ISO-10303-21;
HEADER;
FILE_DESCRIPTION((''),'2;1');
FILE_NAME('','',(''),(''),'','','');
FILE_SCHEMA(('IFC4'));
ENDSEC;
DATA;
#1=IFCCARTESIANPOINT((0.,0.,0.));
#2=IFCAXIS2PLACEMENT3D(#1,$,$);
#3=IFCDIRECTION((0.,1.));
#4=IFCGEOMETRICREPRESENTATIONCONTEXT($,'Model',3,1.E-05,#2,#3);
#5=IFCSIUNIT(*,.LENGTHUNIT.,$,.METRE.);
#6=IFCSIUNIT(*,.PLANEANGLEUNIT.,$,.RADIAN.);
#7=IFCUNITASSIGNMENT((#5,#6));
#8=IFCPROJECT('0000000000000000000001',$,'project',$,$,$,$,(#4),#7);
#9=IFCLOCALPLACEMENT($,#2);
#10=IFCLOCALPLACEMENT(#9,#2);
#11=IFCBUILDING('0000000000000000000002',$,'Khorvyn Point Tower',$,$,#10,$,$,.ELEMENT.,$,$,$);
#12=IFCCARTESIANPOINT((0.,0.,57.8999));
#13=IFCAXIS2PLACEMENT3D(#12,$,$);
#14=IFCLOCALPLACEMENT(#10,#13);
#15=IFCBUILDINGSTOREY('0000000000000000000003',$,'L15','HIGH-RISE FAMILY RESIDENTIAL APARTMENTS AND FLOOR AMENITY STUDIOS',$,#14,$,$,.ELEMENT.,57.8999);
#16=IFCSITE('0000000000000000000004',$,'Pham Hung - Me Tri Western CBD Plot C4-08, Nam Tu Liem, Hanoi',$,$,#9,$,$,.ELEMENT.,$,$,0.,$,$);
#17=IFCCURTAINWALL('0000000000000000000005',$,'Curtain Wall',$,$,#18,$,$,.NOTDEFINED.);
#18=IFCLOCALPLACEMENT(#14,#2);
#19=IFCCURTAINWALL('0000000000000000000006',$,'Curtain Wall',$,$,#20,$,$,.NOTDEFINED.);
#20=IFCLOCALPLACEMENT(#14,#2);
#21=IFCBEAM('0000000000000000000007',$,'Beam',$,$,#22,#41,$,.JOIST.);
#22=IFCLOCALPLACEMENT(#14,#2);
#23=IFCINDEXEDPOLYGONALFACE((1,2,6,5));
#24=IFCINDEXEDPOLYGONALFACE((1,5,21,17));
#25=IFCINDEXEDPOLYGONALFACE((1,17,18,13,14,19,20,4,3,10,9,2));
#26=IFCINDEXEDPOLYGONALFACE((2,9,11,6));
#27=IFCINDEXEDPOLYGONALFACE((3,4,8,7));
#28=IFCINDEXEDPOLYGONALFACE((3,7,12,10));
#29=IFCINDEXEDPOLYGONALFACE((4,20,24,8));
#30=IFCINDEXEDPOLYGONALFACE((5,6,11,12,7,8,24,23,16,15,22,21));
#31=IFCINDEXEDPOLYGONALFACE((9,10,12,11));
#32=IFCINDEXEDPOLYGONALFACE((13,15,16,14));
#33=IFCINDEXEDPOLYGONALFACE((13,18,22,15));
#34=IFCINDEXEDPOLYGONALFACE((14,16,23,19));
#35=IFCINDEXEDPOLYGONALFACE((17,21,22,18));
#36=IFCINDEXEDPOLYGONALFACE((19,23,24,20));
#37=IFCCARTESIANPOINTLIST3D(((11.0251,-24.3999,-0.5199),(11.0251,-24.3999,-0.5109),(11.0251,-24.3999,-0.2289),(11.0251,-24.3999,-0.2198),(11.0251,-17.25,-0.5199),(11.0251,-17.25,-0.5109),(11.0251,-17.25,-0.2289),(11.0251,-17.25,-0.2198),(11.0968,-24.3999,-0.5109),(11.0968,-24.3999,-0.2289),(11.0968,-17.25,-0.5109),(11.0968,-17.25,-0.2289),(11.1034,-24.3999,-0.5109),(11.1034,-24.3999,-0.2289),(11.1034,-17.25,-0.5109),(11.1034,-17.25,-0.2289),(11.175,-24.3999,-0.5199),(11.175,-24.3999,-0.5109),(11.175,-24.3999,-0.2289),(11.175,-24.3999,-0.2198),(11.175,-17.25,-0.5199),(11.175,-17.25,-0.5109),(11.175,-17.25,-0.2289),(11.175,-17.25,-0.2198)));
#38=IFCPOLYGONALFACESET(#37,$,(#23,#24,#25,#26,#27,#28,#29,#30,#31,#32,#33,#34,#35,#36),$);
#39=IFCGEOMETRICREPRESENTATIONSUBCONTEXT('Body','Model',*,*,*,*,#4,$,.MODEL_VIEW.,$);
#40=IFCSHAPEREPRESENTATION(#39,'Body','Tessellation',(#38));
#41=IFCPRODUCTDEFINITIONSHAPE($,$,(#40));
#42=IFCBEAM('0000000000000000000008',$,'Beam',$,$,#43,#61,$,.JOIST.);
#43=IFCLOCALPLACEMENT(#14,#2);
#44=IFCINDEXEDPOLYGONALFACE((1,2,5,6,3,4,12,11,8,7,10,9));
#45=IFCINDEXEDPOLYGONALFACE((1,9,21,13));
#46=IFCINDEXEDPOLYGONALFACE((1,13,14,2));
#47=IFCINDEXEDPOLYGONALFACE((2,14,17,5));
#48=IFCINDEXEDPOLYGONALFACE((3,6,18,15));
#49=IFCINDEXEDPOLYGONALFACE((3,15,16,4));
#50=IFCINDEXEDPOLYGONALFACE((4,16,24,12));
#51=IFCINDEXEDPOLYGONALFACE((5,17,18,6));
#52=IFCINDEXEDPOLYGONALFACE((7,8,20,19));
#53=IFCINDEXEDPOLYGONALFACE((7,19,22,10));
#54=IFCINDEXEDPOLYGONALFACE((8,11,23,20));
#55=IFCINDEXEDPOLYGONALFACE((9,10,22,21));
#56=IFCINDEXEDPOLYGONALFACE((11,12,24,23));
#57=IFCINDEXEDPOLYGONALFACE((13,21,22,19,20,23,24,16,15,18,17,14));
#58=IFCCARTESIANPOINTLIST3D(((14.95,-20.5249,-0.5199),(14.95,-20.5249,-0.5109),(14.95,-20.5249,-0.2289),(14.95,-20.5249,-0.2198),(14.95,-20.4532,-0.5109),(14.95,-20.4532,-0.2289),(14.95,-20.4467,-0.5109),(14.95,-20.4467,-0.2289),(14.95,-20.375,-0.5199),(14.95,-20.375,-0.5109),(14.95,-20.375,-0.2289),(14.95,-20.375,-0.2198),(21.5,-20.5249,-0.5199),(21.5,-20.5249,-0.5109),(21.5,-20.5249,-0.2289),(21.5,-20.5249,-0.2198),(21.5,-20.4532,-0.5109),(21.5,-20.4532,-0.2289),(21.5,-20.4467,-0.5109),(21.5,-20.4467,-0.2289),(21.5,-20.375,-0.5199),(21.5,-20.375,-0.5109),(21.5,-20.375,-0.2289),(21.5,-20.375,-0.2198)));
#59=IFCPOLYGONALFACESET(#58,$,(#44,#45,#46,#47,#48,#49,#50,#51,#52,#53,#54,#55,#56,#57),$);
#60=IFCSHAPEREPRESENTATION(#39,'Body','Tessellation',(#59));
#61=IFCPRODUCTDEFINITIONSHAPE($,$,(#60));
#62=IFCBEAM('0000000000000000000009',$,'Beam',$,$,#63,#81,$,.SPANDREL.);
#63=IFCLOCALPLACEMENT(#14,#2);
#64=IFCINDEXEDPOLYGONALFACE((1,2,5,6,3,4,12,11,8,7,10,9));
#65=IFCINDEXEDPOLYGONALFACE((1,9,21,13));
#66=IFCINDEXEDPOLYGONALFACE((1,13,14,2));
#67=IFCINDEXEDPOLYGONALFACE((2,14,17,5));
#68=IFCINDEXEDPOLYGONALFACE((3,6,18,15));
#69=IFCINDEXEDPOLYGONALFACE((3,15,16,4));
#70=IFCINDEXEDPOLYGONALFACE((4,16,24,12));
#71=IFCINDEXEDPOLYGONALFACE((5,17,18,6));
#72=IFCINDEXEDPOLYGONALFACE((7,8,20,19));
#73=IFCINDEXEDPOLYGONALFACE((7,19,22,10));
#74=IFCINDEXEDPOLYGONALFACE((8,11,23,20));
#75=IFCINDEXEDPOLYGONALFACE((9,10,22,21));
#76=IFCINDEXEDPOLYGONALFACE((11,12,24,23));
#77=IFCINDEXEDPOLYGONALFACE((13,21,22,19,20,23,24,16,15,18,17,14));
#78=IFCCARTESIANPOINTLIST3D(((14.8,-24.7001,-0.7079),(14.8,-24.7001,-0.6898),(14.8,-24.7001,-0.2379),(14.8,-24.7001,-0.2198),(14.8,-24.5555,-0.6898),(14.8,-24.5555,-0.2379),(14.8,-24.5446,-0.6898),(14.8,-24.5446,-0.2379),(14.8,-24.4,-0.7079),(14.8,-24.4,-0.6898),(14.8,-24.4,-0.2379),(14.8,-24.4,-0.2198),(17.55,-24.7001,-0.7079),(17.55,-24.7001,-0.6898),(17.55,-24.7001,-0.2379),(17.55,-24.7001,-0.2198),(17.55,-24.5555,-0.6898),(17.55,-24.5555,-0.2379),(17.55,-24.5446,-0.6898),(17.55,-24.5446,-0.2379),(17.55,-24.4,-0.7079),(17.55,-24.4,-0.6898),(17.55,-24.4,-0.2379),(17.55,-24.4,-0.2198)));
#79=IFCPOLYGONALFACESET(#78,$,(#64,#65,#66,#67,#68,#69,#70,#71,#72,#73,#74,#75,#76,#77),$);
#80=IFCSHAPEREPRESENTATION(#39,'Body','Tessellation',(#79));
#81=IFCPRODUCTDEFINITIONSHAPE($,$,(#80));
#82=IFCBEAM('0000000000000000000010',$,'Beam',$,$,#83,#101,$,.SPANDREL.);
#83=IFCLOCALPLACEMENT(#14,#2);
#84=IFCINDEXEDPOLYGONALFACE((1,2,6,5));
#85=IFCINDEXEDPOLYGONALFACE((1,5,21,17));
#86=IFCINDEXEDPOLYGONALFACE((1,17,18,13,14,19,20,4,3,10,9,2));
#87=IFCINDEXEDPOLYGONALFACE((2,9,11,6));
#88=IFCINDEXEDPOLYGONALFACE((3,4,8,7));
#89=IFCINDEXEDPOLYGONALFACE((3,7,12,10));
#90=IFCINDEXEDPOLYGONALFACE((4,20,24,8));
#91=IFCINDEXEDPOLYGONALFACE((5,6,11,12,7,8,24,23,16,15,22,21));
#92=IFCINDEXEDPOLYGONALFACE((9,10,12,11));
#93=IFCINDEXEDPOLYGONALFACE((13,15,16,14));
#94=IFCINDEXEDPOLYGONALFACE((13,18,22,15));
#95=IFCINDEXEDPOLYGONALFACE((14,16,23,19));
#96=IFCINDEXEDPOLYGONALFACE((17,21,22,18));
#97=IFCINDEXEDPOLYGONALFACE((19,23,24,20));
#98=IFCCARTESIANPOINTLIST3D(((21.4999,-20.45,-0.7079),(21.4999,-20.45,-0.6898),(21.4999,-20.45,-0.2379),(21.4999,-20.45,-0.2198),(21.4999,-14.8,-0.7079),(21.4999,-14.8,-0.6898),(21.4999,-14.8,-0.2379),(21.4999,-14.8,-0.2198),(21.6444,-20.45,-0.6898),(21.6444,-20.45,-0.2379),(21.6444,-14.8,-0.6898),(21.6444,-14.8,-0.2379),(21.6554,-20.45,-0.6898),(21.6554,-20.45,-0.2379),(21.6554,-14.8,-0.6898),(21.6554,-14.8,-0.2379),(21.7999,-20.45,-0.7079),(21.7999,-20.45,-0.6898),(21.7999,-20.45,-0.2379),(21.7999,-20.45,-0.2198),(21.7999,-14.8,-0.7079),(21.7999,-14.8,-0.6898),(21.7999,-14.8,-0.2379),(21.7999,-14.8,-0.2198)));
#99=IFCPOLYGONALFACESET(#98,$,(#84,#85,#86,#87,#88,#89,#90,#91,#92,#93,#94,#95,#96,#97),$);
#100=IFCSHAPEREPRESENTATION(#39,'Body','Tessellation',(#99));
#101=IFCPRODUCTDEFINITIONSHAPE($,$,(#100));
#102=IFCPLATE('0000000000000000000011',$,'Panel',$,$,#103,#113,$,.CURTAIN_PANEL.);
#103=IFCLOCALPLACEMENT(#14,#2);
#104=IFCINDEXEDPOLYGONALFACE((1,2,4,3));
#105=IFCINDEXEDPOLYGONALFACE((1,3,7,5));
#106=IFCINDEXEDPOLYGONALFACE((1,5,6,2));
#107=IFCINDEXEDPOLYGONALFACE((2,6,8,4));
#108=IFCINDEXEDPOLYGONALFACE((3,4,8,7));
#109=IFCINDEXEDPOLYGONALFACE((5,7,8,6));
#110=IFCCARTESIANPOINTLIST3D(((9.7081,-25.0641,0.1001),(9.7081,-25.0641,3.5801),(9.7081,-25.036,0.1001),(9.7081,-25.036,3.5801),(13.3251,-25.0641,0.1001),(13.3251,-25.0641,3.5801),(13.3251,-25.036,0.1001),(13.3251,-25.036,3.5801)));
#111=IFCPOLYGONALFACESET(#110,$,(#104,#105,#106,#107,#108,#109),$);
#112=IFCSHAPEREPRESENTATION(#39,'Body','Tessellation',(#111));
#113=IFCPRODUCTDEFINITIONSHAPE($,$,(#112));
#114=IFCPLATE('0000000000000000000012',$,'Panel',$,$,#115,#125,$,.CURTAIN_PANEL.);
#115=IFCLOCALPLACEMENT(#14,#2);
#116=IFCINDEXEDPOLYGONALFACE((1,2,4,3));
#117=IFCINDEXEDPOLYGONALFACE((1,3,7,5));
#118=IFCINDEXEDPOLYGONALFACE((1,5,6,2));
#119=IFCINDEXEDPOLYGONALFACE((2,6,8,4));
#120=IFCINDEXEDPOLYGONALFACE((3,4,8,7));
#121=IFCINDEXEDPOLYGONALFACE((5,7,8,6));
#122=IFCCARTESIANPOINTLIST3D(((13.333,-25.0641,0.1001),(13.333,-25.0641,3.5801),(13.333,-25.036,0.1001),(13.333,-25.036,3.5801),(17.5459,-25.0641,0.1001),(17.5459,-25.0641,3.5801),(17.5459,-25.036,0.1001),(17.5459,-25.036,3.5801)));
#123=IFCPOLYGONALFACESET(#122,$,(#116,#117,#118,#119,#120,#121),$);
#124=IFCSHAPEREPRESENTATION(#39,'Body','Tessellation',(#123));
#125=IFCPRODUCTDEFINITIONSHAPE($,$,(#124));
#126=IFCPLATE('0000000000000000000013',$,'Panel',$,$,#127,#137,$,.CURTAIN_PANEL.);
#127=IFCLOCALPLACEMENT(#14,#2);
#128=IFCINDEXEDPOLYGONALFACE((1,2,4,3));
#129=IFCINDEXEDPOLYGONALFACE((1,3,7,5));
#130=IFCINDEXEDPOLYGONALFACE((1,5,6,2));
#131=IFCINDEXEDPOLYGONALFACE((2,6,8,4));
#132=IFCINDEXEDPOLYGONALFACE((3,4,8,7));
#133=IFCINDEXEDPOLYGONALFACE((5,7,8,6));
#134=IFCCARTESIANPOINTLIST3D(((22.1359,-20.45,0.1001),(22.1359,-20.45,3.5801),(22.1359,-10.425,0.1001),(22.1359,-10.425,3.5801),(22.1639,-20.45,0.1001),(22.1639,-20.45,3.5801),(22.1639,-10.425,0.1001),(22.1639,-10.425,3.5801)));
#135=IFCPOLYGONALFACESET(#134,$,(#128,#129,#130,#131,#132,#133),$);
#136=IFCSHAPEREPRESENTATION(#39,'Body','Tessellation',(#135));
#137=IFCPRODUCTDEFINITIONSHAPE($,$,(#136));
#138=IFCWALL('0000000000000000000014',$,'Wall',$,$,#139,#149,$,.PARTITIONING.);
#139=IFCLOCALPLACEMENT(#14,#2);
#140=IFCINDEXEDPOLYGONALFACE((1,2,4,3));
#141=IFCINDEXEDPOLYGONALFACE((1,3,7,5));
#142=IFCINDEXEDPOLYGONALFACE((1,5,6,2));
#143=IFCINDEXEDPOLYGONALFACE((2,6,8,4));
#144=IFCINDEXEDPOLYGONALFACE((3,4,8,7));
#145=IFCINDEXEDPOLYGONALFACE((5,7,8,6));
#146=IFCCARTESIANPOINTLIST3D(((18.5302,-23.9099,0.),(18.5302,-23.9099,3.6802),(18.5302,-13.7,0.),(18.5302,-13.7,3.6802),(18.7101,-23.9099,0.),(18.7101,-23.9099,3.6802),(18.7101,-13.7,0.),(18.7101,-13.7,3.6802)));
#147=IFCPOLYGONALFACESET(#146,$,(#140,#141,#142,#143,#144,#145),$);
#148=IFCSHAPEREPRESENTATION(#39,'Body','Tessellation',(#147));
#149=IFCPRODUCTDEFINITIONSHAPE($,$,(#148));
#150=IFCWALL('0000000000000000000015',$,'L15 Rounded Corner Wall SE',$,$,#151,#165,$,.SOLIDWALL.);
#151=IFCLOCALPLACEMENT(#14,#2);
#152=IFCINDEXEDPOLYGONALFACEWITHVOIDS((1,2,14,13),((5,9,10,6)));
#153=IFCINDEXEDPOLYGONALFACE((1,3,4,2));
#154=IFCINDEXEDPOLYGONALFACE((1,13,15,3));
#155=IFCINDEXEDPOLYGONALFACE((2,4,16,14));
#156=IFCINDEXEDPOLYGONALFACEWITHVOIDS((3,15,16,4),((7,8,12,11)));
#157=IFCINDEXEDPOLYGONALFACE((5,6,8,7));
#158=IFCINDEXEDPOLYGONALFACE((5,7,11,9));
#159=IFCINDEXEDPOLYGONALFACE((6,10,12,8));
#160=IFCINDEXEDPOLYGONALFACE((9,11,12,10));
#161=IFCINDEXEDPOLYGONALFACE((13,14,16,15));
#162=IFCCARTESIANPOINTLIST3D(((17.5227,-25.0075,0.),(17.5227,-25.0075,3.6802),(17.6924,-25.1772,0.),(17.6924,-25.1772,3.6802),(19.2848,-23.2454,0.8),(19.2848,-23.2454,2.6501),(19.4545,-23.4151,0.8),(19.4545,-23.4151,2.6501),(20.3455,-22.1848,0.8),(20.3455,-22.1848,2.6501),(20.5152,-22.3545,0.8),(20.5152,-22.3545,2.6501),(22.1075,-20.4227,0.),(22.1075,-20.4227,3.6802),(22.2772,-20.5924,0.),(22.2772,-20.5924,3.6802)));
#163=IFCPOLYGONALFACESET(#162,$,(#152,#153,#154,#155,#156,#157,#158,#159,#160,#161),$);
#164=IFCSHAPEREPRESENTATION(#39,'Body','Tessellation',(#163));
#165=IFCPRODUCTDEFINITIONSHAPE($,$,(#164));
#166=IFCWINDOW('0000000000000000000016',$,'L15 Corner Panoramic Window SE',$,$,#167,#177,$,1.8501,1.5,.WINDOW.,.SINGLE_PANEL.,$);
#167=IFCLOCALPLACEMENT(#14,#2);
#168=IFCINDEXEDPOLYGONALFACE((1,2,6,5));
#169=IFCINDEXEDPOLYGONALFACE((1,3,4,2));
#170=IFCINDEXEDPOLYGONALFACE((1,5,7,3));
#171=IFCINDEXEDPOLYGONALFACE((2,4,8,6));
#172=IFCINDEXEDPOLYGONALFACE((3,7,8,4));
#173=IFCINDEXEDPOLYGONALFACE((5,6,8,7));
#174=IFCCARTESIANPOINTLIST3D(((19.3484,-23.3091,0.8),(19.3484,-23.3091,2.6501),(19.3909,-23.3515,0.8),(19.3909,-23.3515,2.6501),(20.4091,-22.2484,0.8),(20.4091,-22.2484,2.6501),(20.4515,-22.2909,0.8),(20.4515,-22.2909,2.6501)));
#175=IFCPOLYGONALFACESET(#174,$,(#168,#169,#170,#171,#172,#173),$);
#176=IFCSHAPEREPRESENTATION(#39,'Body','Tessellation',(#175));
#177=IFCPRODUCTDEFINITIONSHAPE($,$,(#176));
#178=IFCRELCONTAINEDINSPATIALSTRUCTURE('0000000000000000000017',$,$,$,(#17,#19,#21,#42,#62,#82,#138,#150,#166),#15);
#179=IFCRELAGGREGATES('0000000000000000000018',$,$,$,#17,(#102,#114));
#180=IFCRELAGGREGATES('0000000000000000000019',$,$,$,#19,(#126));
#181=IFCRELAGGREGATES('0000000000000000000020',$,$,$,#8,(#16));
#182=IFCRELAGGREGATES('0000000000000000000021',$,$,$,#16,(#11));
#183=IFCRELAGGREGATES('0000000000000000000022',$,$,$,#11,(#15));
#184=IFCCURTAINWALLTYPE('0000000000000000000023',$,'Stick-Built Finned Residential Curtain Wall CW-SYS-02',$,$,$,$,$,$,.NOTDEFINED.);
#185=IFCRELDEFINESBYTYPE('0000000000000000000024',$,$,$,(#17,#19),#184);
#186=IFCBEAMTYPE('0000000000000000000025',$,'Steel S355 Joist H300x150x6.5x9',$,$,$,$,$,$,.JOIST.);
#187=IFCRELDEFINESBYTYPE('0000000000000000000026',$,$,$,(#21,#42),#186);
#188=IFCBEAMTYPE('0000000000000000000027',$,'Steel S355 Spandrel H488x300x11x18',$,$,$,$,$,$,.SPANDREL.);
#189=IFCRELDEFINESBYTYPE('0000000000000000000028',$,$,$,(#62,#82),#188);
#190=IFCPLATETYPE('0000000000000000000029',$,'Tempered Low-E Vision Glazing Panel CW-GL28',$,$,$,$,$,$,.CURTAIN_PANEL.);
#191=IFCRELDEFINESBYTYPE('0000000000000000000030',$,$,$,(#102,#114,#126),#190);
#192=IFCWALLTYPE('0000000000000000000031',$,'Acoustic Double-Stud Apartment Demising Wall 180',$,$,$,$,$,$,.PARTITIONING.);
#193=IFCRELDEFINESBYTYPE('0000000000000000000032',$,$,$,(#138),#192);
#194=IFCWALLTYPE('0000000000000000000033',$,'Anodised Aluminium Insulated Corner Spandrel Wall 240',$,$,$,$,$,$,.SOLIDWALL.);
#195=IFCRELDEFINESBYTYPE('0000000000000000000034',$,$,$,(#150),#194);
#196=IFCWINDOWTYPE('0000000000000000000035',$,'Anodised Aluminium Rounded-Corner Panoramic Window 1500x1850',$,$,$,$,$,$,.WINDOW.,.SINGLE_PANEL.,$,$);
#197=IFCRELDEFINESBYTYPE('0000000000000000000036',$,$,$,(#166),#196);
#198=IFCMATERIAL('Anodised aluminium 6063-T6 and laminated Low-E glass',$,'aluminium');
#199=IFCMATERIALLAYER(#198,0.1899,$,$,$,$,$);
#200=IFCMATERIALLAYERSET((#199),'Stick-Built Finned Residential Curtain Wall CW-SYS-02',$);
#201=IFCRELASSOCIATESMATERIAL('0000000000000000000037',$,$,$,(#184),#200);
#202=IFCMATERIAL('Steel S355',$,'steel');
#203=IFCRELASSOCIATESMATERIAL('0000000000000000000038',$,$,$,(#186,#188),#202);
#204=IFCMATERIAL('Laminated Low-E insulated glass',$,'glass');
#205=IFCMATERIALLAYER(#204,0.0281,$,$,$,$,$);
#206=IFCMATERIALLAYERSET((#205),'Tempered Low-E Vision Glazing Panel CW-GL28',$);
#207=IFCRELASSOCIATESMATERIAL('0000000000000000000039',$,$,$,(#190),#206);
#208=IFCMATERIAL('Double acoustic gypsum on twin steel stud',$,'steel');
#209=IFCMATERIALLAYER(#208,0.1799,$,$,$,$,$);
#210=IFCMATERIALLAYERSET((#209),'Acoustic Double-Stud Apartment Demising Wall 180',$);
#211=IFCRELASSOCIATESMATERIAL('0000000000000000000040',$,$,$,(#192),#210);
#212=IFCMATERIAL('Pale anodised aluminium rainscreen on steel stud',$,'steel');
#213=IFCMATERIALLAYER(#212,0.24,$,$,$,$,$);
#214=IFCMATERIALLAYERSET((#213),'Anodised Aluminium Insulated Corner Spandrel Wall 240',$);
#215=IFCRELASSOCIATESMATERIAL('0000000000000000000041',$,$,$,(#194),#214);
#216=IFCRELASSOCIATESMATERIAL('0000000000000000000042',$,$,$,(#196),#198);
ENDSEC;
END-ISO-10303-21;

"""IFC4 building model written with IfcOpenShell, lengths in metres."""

from ifc_helpers import new_model, si_unit, direction, frame, frame_2d, origin, origin_2d, place, context, subcontext, project, spatial, rectangle, i_section, extrude, material, layer, layer_set, material_profile, profile_set, type_object, element, fill, aggregate, save


model = new_model("IFC4")

# Units and contexts
model_context = context("Model", 3, precision=1e-05, world=origin(), true_north=direction((0.0, 1.0)))
body_context = subcontext(model_context, "Body", "Model", "MODEL_VIEW")
ifc_project = project(units=[si_unit("LENGTHUNIT", "METRE"), si_unit("PLANEANGLEUNIT", "RADIAN")], contexts=[model_context])

# Site, building, storey
site_placement = place(None, origin())
site = spatial("IfcSite", under=ifc_project, at=site_placement, Name="Pham Hung - Me Tri Western CBD Plot C4-08, Nam Tu Liem, Hanoi", CompositionType="ELEMENT", RefElevation=0.0)
building_placement = place(site_placement, origin())
building = spatial("IfcBuilding", under=site, at=building_placement, Name="Khorvyn Point Tower", CompositionType="ELEMENT")
storey_placement = place(building_placement, frame((0.0, 0.0, 57.8999)))
storey = spatial("IfcBuildingStorey", under=building, at=storey_placement, Name="L15", Description="HIGH-RISE FAMILY RESIDENTIAL APARTMENTS AND FLOOR AMENITY STUDIOS", CompositionType="ELEMENT", Elevation=57.8999)

# Curtain walls
ifc_material_1 = material(Name="Anodised aluminium 6063-T6 and laminated Low-E glass", Category="aluminium")
ifc_layer_1 = layer(ifc_material_1, 0.1899)
ifc_layer_set_1 = layer_set([ifc_layer_1], Name="Stick-Built Finned Residential Curtain Wall CW-SYS-02")
curtain_wall_type = type_object("IfcCurtainWallType", Name="Stick-Built Finned Residential Curtain Wall CW-SYS-02", PredefinedType="NOTDEFINED", material=ifc_layer_set_1)
curtain_wall_1_placement = place(storey_placement, origin())
curtain_wall_1 = element("IfcCurtainWall", 1, at=curtain_wall_1_placement, inside=storey, type_object=curtain_wall_type, Name="Curtain Wall", PredefinedType="NOTDEFINED")
curtain_wall_2_placement = place(storey_placement, origin())
curtain_wall_2 = element("IfcCurtainWall", 2, at=curtain_wall_2_placement, inside=storey, type_object=curtain_wall_type, Name="Curtain Wall", PredefinedType="NOTDEFINED")

# Beams
ifc_material_2 = material(Name="Steel S355", Category="steel")
ifc_material_profile_1 = material_profile(ifc_material_2, i_section(OverallWidth=0.1499, OverallDepth=0.3, WebThickness=0.0066, FlangeThickness=0.009, at=origin_2d()))
ifc_profile_set_1 = profile_set([ifc_material_profile_1], Name="Steel S355 H300x150x6.5x9")
beam_type_1 = type_object("IfcBeamType", Name="Steel S355 Joist H300x150x6.5x9", PredefinedType="JOIST", material=ifc_profile_set_1)
beam_1_placement = place(storey_placement, frame((11.1001, -24.3999, -0.3699), z_axis=(0.0, 1.0, 0.0), x_axis=(-1.0, 0.0, 0.0)))
element("IfcBeam", 3, at=beam_1_placement, inside=storey, type_object=beam_type_1, Name="Beam", PredefinedType="JOIST", context=body_context, shape_type="SweptSolid", body=[
    extrude(i_section(OverallWidth=0.1499, OverallDepth=0.3, WebThickness=0.0066, FlangeThickness=0.009, at=origin_2d()), origin(), (0.0, 0.0, 1.0), 7.1499),
])
beam_2_placement = place(storey_placement, frame((14.95, -20.45, -0.3699), z_axis=(1.0, 0.0, 0.0), x_axis=(0.0, 1.0, 0.0)))
element("IfcBeam", 4, at=beam_2_placement, inside=storey, type_object=beam_type_1, Name="Beam", PredefinedType="JOIST", context=body_context, shape_type="SweptSolid", body=[
    extrude(i_section(OverallWidth=0.1499, OverallDepth=0.3, WebThickness=0.0066, FlangeThickness=0.009, at=origin_2d()), origin(), (0.0, 0.0, 1.0), 6.55),
])
ifc_material_profile_2 = material_profile(ifc_material_2, i_section(OverallWidth=0.3, OverallDepth=0.488, WebThickness=0.011, FlangeThickness=0.0181, at=origin_2d()))
ifc_profile_set_2 = profile_set([ifc_material_profile_2], Name="Steel S355 H488x300x11x18")
beam_type_2 = type_object("IfcBeamType", Name="Steel S355 Spandrel H488x300x11x18", PredefinedType="SPANDREL", material=ifc_profile_set_2)
beam_3_placement = place(storey_placement, frame((14.8, -24.55, -0.4639), z_axis=(1.0, 0.0, 0.0), x_axis=(0.0, 1.0, 0.0)))
element("IfcBeam", 5, at=beam_3_placement, inside=storey, type_object=beam_type_2, Name="Beam", PredefinedType="SPANDREL", context=body_context, shape_type="SweptSolid", body=[
    extrude(i_section(OverallWidth=0.3, OverallDepth=0.488, WebThickness=0.011, FlangeThickness=0.0181, at=origin_2d()), origin(), (0.0, 0.0, 1.0), 2.75),
])
beam_4_placement = place(storey_placement, frame((21.6499, -20.45, -0.4639), z_axis=(0.0, 1.0, 0.0), x_axis=(-1.0, 0.0, 0.0)))
element("IfcBeam", 6, at=beam_4_placement, inside=storey, type_object=beam_type_2, Name="Beam", PredefinedType="SPANDREL", context=body_context, shape_type="SweptSolid", body=[
    extrude(i_section(OverallWidth=0.3, OverallDepth=0.488, WebThickness=0.011, FlangeThickness=0.0181, at=origin_2d()), origin(), (0.0, 0.0, 1.0), 5.6499),
])

# Plates
ifc_material_3 = material(Name="Laminated Low-E insulated glass", Category="glass")
ifc_layer_2 = layer(ifc_material_3, 0.0281)
ifc_layer_set_2 = layer_set([ifc_layer_2], Name="Tempered Low-E Vision Glazing Panel CW-GL28")
plate_type = type_object("IfcPlateType", Name="Tempered Low-E Vision Glazing Panel CW-GL28", PredefinedType="CURTAIN_PANEL", material=ifc_layer_set_2)
plate_1_placement = place(storey_placement, frame((11.5166, -25.05, 0.1001), z_axis=(0.0, 0.0, 1.0), x_axis=(-1.0, 0.0, 0.0)))
plate_1 = element("IfcPlate", 7, at=plate_1_placement, type_object=plate_type, Name="Panel", PredefinedType="CURTAIN_PANEL", context=body_context, shape_type="SweptSolid", body=[
    extrude(rectangle(XDim=3.6169, YDim=0.0281, at=origin_2d()), origin(), (0.0, 0.0, 1.0), 3.48),
])
plate_2_placement = place(storey_placement, frame((15.4395, -25.05, 0.1001), z_axis=(0.0, 0.0, 1.0), x_axis=(-1.0, 0.0, 0.0)))
plate_2 = element("IfcPlate", 8, at=plate_2_placement, type_object=plate_type, Name="Panel", PredefinedType="CURTAIN_PANEL", context=body_context, shape_type="SweptSolid", body=[
    extrude(rectangle(XDim=4.2129, YDim=0.0281, at=origin_2d()), origin(), (0.0, 0.0, 1.0), 3.48),
])
aggregate(curtain_wall_1, [plate_1, plate_2])
plate_3_placement = place(storey_placement, frame((22.1499, -15.4375, 0.1001), z_axis=(0.0, 0.0, 1.0), x_axis=(0.0, -1.0, 0.0)))
plate_3 = element("IfcPlate", 9, at=plate_3_placement, type_object=plate_type, Name="Panel", PredefinedType="CURTAIN_PANEL", context=body_context, shape_type="SweptSolid", body=[
    extrude(rectangle(XDim=10.0249, YDim=0.0281, at=origin_2d()), origin(), (0.0, 0.0, 1.0), 3.48),
])
aggregate(curtain_wall_2, [plate_3])

# Wall
ifc_material_4 = material(Name="Double acoustic gypsum on twin steel stud", Category="steel")
ifc_layer_3 = layer(ifc_material_4, 0.1799)
ifc_layer_set_3 = layer_set([ifc_layer_3], Name="Acoustic Double-Stud Apartment Demising Wall 180")
wall_type_1 = type_object("IfcWallType", Name="Acoustic Double-Stud Apartment Demising Wall 180", PredefinedType="PARTITIONING", material=ifc_layer_set_3)
wall_1_placement = place(storey_placement, frame((18.6201, -23.9099, 0.0), z_axis=(0.0, 0.0, 1.0), x_axis=(0.0, 1.0, 0.0)))
element("IfcWall", 10, at=wall_1_placement, inside=storey, type_object=wall_type_1, Name="Wall", PredefinedType="PARTITIONING", context=body_context, shape_type="SweptSolid", body=[
    extrude(rectangle(XDim=10.21, YDim=0.1799, at=frame_2d((5.105, 0.0))), origin(), (0.0, 0.0, 1.0), 3.6802),
])

# Wall, opening, window
ifc_material_5 = material(Name="Pale anodised aluminium rainscreen on steel stud", Category="steel")
ifc_layer_4 = layer(ifc_material_5, 0.24)
ifc_layer_set_4 = layer_set([ifc_layer_4], Name="Anodised Aluminium Insulated Corner Spandrel Wall 240")
wall_type_2 = type_object("IfcWallType", Name="Anodised Aluminium Insulated Corner Spandrel Wall 240", PredefinedType="SOLIDWALL", material=ifc_layer_set_4)
wall_2_placement = place(storey_placement, frame((22.1924, -20.5076, 0.0), z_axis=(0.0, 0.0, 1.0), x_axis=(-0.707107, -0.707107, 0.0)))
wall_2 = element("IfcWall", 11, at=wall_2_placement, inside=storey, type_object=wall_type_2, Name="L15 Rounded Corner Wall SE", PredefinedType="SOLIDWALL", context=body_context, shape_type="SweptSolid", body=[
    extrude(rectangle(XDim=6.4839, YDim=0.24, at=frame_2d((3.2419, 0.0))), origin(), (0.0, 0.0, 1.0), 3.6802),
])
opening_1_placement = place(wall_2_placement, frame((2.4919, 0.0, 0.8)))
opening_1 = element("IfcOpeningElement", 12, at=opening_1_placement, cuts=wall_2, PredefinedType="OPENING", context=body_context, shape_type="SweptSolid", body=[
    extrude(rectangle(XDim=1.5, YDim=1.8501, at=frame_2d((0.75, 0.925))), frame((0.0, 0.1299, 0.0), z_axis=(0.0, -1.0, 0.0), x_axis=(1.0, 0.0, 0.0)), (0.0, 0.0, 1.0), 0.26),
])
window_type = type_object("IfcWindowType", Name="Anodised Aluminium Rounded-Corner Panoramic Window 1500x1850", PartitioningType="SINGLE_PANEL", PredefinedType="WINDOW", material=ifc_material_1)
window_placement = place(opening_1_placement, origin())
window = element("IfcWindow", 13, at=window_placement, inside=storey, type_object=window_type, Name="L15 Corner Panoramic Window SE", OverallHeight=1.8501, OverallWidth=1.5, PartitioningType="SINGLE_PANEL", PredefinedType="WINDOW", context=body_context, shape_type="SweptSolid", body=[
    extrude(rectangle(XDim=1.5, YDim=1.8501, at=frame_2d((0.75, 0.925))), frame((0.0, 0.03, 0.0), z_axis=(0.0, -1.0, 0.0), x_axis=(1.0, 0.0, 0.0)), (0.0, 0.0, 1.0), 0.0601),
])
fill(opening_1, window)

save(model, "model.ifc")
